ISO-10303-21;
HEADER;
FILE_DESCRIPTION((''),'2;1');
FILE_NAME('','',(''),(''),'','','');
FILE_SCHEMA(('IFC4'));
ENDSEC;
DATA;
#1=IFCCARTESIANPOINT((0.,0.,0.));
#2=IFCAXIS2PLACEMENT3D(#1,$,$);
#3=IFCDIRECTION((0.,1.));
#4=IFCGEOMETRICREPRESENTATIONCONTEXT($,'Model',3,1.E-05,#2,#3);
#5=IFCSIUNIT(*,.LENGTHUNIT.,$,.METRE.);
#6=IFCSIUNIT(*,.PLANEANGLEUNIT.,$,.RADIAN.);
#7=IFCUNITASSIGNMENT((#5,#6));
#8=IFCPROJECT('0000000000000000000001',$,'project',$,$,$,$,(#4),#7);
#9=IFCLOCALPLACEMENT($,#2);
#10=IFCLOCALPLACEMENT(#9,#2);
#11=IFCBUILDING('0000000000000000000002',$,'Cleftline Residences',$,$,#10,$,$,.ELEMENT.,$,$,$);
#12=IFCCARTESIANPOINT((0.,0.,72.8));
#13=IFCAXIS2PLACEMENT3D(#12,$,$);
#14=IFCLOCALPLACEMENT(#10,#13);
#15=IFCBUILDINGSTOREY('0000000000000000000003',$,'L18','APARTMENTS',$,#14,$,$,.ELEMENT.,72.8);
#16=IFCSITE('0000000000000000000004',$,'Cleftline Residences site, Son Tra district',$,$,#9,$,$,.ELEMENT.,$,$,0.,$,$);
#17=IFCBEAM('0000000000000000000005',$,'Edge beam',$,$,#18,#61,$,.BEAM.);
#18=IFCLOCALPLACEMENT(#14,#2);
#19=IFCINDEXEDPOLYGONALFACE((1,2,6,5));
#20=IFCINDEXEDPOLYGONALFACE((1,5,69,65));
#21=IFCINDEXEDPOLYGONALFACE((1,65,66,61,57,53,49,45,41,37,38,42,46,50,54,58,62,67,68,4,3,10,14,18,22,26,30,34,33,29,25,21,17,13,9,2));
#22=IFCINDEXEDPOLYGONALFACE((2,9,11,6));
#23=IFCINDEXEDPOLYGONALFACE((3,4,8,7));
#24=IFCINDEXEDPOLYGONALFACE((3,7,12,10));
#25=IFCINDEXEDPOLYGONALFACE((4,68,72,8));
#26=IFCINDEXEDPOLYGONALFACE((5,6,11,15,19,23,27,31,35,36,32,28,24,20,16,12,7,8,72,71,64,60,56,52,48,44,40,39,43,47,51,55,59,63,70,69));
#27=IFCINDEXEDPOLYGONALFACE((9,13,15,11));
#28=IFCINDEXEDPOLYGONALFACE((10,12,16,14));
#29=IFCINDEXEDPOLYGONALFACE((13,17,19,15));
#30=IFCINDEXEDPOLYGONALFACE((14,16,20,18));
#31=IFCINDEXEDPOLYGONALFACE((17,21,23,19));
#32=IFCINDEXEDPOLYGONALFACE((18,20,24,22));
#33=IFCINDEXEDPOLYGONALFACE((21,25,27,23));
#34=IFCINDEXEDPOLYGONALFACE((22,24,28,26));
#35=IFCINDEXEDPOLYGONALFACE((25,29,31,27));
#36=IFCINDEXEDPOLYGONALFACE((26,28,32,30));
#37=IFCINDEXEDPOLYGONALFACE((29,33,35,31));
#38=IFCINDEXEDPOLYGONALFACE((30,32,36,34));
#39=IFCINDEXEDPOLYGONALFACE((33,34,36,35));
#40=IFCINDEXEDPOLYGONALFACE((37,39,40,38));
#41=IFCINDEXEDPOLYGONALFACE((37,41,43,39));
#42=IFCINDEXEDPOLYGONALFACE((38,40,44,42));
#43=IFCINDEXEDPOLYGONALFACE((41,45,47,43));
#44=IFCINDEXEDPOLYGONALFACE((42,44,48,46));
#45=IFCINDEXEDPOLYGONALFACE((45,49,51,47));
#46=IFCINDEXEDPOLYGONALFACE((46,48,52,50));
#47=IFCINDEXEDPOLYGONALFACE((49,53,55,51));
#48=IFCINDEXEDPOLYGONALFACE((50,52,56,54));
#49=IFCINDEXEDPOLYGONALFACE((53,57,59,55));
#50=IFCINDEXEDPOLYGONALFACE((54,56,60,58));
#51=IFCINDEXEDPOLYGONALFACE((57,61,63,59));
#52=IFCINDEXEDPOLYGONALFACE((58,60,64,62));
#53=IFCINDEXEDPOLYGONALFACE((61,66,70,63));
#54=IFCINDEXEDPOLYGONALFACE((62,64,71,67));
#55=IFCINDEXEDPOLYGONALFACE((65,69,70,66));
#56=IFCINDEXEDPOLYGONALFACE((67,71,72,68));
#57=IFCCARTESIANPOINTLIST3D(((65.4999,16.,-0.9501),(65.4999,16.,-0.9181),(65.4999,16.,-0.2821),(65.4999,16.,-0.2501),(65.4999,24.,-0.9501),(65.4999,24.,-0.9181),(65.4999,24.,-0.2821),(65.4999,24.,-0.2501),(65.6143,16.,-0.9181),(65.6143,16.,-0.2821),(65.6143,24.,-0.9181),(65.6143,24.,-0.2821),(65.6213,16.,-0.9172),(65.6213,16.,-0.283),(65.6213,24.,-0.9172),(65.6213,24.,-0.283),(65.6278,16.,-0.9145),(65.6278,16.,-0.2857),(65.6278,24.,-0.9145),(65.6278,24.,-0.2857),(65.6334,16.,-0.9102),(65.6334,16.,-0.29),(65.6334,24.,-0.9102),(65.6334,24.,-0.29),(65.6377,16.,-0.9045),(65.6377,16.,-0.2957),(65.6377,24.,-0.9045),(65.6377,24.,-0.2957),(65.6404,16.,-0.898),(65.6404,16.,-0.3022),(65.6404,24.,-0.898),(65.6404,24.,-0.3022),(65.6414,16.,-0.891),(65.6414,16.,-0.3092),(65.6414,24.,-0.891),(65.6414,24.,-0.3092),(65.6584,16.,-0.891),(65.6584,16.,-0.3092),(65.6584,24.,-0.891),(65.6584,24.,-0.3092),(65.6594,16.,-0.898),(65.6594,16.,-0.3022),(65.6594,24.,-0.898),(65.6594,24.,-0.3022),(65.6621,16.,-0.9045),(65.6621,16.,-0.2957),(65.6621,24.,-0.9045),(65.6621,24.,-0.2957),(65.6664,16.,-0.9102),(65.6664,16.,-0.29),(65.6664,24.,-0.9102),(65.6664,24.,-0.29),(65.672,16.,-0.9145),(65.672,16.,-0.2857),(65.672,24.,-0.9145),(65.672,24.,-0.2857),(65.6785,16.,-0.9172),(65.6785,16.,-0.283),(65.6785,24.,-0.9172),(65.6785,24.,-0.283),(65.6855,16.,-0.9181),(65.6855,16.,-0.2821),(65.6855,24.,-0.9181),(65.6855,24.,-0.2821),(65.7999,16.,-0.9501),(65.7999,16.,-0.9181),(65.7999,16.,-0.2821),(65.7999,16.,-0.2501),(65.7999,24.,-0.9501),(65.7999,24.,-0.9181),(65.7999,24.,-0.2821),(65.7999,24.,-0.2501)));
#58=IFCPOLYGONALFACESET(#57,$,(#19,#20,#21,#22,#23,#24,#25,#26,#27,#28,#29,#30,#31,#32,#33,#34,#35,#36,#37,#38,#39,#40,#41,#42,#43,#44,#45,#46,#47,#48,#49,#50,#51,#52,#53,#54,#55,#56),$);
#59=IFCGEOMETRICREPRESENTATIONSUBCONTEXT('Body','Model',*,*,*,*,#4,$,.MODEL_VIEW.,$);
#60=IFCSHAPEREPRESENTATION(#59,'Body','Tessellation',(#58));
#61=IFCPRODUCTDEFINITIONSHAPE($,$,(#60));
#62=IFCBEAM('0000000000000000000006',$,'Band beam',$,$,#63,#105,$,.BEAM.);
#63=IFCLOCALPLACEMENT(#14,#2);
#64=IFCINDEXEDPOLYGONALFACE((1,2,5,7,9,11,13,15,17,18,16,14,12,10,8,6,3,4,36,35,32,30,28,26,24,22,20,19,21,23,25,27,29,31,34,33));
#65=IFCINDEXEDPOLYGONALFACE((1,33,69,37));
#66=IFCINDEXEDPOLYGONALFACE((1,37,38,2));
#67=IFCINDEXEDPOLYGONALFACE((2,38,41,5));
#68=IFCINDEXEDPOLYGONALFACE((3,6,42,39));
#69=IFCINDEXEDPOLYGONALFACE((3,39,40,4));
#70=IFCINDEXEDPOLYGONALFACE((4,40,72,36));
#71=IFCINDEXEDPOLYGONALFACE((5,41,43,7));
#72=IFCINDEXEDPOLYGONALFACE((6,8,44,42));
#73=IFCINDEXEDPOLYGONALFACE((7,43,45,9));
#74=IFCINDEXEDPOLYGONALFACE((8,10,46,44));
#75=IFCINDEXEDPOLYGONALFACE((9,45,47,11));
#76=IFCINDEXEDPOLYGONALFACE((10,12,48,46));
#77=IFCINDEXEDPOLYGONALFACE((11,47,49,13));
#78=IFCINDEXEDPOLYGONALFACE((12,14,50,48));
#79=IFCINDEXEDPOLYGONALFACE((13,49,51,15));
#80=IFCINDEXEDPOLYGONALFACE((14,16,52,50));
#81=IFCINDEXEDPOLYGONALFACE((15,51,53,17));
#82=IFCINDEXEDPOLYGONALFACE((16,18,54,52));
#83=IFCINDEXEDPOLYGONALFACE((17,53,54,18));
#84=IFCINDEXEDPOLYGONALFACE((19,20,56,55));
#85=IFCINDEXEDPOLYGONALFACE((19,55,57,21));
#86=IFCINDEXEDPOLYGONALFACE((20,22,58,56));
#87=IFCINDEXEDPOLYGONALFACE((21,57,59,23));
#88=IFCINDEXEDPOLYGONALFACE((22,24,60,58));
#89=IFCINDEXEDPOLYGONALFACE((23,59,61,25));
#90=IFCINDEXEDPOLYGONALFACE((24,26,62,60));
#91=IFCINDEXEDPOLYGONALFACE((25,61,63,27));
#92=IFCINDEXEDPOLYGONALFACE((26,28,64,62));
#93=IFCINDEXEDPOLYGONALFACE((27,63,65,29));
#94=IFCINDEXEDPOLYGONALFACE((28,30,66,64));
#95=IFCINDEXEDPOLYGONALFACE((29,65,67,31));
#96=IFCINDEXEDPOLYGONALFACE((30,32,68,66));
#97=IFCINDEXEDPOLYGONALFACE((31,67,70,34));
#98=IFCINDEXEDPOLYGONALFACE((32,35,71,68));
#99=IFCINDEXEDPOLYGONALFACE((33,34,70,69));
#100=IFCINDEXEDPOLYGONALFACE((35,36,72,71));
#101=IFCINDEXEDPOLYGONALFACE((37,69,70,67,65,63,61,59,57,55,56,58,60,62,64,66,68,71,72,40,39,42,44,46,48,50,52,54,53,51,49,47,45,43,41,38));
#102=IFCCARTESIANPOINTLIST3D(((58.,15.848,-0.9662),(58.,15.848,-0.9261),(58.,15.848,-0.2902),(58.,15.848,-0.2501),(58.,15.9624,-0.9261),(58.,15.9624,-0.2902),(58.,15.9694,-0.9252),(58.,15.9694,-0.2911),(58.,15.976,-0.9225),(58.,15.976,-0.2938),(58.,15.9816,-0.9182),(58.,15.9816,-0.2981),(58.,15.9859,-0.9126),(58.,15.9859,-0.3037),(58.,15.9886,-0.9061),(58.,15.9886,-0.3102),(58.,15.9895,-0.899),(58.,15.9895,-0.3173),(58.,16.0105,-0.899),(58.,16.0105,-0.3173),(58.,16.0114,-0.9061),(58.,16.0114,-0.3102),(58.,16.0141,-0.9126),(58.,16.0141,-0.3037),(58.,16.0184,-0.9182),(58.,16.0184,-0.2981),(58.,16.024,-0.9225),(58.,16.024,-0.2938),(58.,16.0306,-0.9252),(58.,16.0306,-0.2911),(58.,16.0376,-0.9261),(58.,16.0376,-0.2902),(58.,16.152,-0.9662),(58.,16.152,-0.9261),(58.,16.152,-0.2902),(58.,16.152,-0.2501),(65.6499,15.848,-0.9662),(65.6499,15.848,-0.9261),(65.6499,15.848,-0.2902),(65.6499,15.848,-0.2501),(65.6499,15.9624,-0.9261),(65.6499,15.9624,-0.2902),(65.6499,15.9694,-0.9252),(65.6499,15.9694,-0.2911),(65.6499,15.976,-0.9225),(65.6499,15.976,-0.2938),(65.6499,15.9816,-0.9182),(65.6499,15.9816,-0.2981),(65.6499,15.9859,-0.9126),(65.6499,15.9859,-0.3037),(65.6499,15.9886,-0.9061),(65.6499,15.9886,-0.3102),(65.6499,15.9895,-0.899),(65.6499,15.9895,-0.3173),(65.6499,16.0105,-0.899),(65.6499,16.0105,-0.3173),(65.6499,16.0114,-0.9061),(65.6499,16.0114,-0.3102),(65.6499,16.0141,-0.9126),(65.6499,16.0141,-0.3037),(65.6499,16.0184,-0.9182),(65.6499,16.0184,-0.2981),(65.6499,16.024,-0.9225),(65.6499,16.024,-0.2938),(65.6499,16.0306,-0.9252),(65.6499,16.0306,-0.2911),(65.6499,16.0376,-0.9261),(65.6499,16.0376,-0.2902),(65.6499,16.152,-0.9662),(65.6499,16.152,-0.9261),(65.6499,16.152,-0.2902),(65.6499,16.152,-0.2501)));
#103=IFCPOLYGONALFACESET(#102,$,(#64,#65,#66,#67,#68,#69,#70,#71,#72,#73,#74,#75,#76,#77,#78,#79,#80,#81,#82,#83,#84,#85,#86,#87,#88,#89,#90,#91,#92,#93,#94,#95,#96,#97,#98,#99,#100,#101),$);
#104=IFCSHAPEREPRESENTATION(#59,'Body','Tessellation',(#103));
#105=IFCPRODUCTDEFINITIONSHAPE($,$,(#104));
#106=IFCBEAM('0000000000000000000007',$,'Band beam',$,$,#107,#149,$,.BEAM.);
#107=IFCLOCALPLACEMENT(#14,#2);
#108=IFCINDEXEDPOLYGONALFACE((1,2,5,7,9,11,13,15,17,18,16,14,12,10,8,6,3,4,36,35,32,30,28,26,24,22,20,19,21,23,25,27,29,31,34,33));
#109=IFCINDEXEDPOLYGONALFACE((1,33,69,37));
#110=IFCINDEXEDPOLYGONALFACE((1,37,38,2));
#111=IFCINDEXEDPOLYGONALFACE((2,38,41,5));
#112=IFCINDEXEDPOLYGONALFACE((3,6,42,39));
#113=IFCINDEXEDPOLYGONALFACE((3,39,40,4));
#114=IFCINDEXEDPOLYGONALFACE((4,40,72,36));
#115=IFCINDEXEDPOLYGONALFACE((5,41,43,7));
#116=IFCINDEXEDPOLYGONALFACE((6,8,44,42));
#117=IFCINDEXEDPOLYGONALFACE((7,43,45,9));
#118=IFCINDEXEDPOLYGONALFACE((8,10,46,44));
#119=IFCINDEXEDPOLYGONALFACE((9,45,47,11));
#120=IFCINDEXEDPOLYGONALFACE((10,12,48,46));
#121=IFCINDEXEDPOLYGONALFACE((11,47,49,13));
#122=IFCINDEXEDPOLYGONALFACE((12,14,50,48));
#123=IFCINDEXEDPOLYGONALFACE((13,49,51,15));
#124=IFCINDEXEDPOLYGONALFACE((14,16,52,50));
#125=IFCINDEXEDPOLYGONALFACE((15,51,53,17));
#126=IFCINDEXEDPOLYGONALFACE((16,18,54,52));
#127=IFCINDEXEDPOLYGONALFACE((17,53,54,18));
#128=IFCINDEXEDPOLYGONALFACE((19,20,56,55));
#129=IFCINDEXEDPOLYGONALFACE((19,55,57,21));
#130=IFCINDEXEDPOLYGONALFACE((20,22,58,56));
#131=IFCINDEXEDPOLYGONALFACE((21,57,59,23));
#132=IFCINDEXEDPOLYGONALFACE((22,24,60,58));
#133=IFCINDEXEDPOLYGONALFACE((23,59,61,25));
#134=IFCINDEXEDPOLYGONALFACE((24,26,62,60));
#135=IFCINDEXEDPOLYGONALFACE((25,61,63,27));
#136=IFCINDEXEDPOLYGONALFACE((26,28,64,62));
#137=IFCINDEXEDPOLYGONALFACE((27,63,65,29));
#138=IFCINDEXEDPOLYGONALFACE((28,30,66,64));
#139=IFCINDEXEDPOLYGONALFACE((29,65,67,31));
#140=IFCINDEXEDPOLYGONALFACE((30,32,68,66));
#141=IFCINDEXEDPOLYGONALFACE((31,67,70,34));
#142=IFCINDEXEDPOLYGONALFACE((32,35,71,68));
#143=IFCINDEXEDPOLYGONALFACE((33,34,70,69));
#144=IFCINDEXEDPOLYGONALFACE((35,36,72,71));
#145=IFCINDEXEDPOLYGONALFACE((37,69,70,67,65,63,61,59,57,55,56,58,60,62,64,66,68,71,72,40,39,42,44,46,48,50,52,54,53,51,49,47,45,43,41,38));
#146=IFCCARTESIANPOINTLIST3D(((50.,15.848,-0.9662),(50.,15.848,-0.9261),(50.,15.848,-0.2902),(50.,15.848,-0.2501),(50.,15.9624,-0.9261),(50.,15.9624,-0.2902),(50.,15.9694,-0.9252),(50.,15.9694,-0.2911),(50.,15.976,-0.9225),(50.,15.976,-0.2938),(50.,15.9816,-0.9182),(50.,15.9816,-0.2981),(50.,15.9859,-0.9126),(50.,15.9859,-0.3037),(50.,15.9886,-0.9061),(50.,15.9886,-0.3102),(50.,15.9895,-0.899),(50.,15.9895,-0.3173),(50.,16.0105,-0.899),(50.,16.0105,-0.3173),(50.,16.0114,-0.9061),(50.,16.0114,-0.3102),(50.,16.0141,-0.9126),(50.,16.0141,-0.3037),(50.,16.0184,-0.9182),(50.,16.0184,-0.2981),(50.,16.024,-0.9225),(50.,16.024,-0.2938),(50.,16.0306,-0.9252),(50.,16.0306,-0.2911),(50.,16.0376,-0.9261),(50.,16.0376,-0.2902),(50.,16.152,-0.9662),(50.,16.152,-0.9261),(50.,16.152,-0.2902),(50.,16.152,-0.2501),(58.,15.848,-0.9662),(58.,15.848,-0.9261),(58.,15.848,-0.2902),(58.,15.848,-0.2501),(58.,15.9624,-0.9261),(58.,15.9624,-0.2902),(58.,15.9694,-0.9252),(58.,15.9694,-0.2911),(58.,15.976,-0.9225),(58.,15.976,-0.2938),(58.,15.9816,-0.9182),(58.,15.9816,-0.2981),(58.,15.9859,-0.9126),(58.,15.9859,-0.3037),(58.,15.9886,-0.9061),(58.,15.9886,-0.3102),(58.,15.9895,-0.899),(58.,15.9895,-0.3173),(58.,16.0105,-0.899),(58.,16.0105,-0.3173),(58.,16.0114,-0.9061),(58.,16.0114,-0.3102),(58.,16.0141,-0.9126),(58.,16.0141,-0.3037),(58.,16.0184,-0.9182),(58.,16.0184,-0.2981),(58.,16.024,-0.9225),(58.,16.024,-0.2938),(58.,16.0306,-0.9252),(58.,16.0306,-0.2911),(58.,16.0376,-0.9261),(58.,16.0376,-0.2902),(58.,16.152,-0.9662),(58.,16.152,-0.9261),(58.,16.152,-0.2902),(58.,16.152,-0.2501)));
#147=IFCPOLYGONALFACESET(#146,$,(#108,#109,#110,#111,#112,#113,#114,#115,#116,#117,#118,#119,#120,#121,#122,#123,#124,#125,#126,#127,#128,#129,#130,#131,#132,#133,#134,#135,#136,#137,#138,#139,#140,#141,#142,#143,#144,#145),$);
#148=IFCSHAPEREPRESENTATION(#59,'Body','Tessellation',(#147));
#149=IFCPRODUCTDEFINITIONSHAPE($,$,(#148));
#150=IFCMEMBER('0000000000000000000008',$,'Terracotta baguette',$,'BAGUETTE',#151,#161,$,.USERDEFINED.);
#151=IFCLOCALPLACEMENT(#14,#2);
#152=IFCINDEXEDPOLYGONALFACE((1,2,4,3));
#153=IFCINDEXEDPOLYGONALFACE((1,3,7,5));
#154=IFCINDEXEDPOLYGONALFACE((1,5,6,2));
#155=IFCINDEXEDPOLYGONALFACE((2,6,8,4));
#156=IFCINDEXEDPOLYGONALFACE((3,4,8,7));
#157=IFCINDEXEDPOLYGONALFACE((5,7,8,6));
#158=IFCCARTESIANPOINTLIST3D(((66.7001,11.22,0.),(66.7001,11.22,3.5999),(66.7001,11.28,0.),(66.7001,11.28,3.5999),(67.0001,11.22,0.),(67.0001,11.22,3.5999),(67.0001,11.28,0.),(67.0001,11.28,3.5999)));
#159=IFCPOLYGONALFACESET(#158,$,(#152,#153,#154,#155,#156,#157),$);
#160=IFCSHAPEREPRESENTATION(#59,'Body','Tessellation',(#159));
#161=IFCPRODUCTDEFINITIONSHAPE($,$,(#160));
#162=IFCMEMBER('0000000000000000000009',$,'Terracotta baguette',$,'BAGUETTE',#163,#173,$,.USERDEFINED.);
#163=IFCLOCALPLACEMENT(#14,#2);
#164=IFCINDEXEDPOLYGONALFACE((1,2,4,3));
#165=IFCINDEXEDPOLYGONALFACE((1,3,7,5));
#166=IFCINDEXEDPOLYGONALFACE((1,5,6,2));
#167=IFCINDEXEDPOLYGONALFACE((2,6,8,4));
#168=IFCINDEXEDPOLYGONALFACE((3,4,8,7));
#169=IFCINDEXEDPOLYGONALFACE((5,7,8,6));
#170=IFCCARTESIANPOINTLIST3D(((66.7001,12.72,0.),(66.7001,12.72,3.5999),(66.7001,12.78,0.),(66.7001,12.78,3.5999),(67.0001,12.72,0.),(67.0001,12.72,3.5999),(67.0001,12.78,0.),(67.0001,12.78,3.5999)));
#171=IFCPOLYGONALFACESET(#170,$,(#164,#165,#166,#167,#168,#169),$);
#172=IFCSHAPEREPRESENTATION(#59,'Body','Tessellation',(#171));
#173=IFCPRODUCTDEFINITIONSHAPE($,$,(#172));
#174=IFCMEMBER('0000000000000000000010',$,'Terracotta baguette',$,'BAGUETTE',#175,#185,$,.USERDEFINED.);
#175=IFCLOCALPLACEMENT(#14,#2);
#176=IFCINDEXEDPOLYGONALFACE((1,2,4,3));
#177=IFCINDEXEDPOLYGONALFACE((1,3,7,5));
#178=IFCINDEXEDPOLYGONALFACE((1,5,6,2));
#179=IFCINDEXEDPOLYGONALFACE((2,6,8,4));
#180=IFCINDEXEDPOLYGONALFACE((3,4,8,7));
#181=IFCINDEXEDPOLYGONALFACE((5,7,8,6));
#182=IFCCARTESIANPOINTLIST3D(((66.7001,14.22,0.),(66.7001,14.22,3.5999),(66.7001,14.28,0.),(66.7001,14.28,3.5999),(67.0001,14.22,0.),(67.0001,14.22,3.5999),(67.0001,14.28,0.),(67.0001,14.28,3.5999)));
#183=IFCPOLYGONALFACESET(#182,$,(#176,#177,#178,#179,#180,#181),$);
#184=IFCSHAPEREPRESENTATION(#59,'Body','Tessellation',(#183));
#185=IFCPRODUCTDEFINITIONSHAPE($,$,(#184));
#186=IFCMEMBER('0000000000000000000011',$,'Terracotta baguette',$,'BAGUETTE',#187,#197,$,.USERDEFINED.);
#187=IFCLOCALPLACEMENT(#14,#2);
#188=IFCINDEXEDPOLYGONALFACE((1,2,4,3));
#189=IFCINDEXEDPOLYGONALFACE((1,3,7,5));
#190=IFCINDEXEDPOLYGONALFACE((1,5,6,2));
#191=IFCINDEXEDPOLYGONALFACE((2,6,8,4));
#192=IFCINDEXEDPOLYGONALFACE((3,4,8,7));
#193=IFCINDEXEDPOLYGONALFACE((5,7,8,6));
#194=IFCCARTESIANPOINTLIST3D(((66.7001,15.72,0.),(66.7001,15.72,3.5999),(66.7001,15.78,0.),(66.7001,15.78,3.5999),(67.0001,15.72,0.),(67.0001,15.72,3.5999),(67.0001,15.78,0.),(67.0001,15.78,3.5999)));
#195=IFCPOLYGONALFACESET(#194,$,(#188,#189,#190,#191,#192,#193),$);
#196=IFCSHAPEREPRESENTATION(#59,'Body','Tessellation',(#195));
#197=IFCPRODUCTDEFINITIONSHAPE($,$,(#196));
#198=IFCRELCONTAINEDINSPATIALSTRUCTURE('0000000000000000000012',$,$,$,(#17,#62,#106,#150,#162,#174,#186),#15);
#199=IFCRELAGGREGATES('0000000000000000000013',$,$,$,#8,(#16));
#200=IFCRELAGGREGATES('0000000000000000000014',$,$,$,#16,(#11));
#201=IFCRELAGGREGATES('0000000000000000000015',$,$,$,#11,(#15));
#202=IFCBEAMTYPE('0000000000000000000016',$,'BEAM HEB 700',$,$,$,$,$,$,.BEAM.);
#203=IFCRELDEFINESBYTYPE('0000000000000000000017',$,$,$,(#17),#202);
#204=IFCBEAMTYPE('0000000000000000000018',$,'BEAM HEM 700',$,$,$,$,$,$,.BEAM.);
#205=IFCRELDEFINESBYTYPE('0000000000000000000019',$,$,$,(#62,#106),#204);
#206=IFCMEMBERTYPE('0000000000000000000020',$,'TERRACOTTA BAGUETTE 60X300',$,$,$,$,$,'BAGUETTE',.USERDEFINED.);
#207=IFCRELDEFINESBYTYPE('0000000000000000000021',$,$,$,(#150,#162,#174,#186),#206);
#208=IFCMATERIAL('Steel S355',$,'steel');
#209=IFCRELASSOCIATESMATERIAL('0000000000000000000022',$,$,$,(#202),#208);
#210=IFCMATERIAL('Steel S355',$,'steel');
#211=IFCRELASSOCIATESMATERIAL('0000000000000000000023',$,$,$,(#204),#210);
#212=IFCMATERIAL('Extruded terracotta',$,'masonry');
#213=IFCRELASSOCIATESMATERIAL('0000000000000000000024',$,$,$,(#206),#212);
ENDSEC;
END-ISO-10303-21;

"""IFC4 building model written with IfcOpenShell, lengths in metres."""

from ifc_helpers import new_model, si_unit, direction, frame, origin, origin_2d, place, context, subcontext, project, spatial, rectangle, i_section, extrude, material, material_profile, profile_set, type_object, element, save


model = new_model("IFC4")

# Units and contexts
model_context = context("Model", 3, precision=1e-05, world=origin(), true_north=direction((0.0, 1.0)))
body_context = subcontext(model_context, "Body", "Model", "MODEL_VIEW")
ifc_project = project(units=[si_unit("LENGTHUNIT", "METRE"), si_unit("PLANEANGLEUNIT", "RADIAN")], contexts=[model_context])

# Site, building, storey
site_placement = place(None, origin())
site = spatial("IfcSite", under=ifc_project, at=site_placement, Name="Cleftline Residences site, Son Tra district", CompositionType="ELEMENT", RefElevation=0.0)
building_placement = place(site_placement, origin())
building = spatial("IfcBuilding", under=site, at=building_placement, Name="Cleftline Residences", CompositionType="ELEMENT")
storey_placement = place(building_placement, frame((0.0, 0.0, 72.8)))
storey = spatial("IfcBuildingStorey", under=building, at=storey_placement, Name="L18", Description="APARTMENTS", CompositionType="ELEMENT", Elevation=72.8)

# Beams
ifc_material_1 = material(Name="Steel S355", Category="steel")
ifc_material_profile_1 = material_profile(ifc_material_1, i_section(OverallWidth=0.3, OverallDepth=0.7, WebThickness=0.0171, FlangeThickness=0.032, FilletRadius=0.0271, at=origin_2d()))
ifc_profile_set_1 = profile_set([ifc_material_profile_1], Name="Steel S355")
beam_type_1 = type_object("IfcBeamType", Name="BEAM HEB 700", PredefinedType="BEAM", material=ifc_profile_set_1)
beam_1_placement = place(storey_placement, frame((65.6499, 16.0, -0.6001), z_axis=(0.0, 1.0, 0.0), x_axis=(-1.0, 0.0, 0.0)))
element("IfcBeam", 1, at=beam_1_placement, inside=storey, type_object=beam_type_1, Name="Edge beam", PredefinedType="BEAM", context=body_context, shape_type="SweptSolid", body=[
    extrude(i_section(OverallWidth=0.3, OverallDepth=0.7, WebThickness=0.0171, FlangeThickness=0.032, FilletRadius=0.0271, at=origin_2d()), origin(), (0.0, 0.0, 1.0), 8.0),
])
ifc_material_2 = material(Name="Steel S355", Category="steel")
ifc_material_profile_2 = material_profile(ifc_material_2, i_section(OverallWidth=0.304, OverallDepth=0.7161, WebThickness=0.021, FlangeThickness=0.04, FilletRadius=0.0271, at=origin_2d()))
ifc_profile_set_2 = profile_set([ifc_material_profile_2], Name="Steel S355")
beam_type_2 = type_object("IfcBeamType", Name="BEAM HEM 700", PredefinedType="BEAM", material=ifc_profile_set_2)
beam_2_placement = place(storey_placement, frame((65.6499, 16.0, -0.6082), z_axis=(-1.0, 0.0, 0.0), x_axis=(0.0, -1.0, 0.0)))
element("IfcBeam", 2, at=beam_2_placement, inside=storey, type_object=beam_type_2, Name="Band beam", PredefinedType="BEAM", context=body_context, shape_type="SweptSolid", body=[
    extrude(i_section(OverallWidth=0.304, OverallDepth=0.7161, WebThickness=0.021, FlangeThickness=0.04, FilletRadius=0.0271, at=origin_2d()), origin(), (0.0, 0.0, 1.0), 7.6499),
])
beam_3_placement = place(storey_placement, frame((58.0, 16.0, -0.6082), z_axis=(-1.0, 0.0, 0.0), x_axis=(0.0, -1.0, 0.0)))
element("IfcBeam", 3, at=beam_3_placement, inside=storey, type_object=beam_type_2, Name="Band beam", PredefinedType="BEAM", context=body_context, shape_type="SweptSolid", body=[
    extrude(i_section(OverallWidth=0.304, OverallDepth=0.7161, WebThickness=0.021, FlangeThickness=0.04, FilletRadius=0.0271, at=origin_2d()), origin(), (0.0, 0.0, 1.0), 8.0),
])

# Members
ifc_material_3 = material(Name="Extruded terracotta", Category="masonry")
ifc_material_profile_3 = material_profile(ifc_material_3, rectangle(XDim=0.0601, YDim=0.3, at=origin_2d()))
ifc_profile_set_3 = profile_set([ifc_material_profile_3], Name="Extruded terracotta")
member_type_1 = type_object("IfcMemberType", Name="TERRACOTTA BAGUETTE 60X300", ElementType="BAGUETTE", PredefinedType="USERDEFINED", material=ifc_profile_set_3)
for number, where, z_axis, x_axis, name in (
    (4, (66.8501, 11.25, 0.0), (0.0, 0.0, 1.0), (0.0, 1.0, 0.0), "Terracotta baguette"),
    (5, (66.8501, 12.75, 0.0), (0.0, 0.0, 1.0), (0.0, 1.0, 0.0), "Terracotta baguette"),
    (6, (66.8501, 14.25, 0.0), (0.0, 0.0, 1.0), (0.0, 1.0, 0.0), "Terracotta baguette"),
    (7, (66.8501, 15.75, 0.0), (0.0, 0.0, 1.0), (0.0, 1.0, 0.0), "Terracotta baguette"),
):
    element("IfcMember", number, at=place(storey_placement, frame(where, z_axis=z_axis, x_axis=x_axis)), inside=storey, type_object=member_type_1, Name=name, ObjectType="BAGUETTE", PredefinedType="USERDEFINED", context=body_context, shape_type="SweptSolid", body=[
        extrude(rectangle(XDim=0.0601, YDim=0.3, at=origin_2d()), origin(), (0.0, 0.0, 1.0), 3.5999),
    ])

save(model, "model.ifc")
